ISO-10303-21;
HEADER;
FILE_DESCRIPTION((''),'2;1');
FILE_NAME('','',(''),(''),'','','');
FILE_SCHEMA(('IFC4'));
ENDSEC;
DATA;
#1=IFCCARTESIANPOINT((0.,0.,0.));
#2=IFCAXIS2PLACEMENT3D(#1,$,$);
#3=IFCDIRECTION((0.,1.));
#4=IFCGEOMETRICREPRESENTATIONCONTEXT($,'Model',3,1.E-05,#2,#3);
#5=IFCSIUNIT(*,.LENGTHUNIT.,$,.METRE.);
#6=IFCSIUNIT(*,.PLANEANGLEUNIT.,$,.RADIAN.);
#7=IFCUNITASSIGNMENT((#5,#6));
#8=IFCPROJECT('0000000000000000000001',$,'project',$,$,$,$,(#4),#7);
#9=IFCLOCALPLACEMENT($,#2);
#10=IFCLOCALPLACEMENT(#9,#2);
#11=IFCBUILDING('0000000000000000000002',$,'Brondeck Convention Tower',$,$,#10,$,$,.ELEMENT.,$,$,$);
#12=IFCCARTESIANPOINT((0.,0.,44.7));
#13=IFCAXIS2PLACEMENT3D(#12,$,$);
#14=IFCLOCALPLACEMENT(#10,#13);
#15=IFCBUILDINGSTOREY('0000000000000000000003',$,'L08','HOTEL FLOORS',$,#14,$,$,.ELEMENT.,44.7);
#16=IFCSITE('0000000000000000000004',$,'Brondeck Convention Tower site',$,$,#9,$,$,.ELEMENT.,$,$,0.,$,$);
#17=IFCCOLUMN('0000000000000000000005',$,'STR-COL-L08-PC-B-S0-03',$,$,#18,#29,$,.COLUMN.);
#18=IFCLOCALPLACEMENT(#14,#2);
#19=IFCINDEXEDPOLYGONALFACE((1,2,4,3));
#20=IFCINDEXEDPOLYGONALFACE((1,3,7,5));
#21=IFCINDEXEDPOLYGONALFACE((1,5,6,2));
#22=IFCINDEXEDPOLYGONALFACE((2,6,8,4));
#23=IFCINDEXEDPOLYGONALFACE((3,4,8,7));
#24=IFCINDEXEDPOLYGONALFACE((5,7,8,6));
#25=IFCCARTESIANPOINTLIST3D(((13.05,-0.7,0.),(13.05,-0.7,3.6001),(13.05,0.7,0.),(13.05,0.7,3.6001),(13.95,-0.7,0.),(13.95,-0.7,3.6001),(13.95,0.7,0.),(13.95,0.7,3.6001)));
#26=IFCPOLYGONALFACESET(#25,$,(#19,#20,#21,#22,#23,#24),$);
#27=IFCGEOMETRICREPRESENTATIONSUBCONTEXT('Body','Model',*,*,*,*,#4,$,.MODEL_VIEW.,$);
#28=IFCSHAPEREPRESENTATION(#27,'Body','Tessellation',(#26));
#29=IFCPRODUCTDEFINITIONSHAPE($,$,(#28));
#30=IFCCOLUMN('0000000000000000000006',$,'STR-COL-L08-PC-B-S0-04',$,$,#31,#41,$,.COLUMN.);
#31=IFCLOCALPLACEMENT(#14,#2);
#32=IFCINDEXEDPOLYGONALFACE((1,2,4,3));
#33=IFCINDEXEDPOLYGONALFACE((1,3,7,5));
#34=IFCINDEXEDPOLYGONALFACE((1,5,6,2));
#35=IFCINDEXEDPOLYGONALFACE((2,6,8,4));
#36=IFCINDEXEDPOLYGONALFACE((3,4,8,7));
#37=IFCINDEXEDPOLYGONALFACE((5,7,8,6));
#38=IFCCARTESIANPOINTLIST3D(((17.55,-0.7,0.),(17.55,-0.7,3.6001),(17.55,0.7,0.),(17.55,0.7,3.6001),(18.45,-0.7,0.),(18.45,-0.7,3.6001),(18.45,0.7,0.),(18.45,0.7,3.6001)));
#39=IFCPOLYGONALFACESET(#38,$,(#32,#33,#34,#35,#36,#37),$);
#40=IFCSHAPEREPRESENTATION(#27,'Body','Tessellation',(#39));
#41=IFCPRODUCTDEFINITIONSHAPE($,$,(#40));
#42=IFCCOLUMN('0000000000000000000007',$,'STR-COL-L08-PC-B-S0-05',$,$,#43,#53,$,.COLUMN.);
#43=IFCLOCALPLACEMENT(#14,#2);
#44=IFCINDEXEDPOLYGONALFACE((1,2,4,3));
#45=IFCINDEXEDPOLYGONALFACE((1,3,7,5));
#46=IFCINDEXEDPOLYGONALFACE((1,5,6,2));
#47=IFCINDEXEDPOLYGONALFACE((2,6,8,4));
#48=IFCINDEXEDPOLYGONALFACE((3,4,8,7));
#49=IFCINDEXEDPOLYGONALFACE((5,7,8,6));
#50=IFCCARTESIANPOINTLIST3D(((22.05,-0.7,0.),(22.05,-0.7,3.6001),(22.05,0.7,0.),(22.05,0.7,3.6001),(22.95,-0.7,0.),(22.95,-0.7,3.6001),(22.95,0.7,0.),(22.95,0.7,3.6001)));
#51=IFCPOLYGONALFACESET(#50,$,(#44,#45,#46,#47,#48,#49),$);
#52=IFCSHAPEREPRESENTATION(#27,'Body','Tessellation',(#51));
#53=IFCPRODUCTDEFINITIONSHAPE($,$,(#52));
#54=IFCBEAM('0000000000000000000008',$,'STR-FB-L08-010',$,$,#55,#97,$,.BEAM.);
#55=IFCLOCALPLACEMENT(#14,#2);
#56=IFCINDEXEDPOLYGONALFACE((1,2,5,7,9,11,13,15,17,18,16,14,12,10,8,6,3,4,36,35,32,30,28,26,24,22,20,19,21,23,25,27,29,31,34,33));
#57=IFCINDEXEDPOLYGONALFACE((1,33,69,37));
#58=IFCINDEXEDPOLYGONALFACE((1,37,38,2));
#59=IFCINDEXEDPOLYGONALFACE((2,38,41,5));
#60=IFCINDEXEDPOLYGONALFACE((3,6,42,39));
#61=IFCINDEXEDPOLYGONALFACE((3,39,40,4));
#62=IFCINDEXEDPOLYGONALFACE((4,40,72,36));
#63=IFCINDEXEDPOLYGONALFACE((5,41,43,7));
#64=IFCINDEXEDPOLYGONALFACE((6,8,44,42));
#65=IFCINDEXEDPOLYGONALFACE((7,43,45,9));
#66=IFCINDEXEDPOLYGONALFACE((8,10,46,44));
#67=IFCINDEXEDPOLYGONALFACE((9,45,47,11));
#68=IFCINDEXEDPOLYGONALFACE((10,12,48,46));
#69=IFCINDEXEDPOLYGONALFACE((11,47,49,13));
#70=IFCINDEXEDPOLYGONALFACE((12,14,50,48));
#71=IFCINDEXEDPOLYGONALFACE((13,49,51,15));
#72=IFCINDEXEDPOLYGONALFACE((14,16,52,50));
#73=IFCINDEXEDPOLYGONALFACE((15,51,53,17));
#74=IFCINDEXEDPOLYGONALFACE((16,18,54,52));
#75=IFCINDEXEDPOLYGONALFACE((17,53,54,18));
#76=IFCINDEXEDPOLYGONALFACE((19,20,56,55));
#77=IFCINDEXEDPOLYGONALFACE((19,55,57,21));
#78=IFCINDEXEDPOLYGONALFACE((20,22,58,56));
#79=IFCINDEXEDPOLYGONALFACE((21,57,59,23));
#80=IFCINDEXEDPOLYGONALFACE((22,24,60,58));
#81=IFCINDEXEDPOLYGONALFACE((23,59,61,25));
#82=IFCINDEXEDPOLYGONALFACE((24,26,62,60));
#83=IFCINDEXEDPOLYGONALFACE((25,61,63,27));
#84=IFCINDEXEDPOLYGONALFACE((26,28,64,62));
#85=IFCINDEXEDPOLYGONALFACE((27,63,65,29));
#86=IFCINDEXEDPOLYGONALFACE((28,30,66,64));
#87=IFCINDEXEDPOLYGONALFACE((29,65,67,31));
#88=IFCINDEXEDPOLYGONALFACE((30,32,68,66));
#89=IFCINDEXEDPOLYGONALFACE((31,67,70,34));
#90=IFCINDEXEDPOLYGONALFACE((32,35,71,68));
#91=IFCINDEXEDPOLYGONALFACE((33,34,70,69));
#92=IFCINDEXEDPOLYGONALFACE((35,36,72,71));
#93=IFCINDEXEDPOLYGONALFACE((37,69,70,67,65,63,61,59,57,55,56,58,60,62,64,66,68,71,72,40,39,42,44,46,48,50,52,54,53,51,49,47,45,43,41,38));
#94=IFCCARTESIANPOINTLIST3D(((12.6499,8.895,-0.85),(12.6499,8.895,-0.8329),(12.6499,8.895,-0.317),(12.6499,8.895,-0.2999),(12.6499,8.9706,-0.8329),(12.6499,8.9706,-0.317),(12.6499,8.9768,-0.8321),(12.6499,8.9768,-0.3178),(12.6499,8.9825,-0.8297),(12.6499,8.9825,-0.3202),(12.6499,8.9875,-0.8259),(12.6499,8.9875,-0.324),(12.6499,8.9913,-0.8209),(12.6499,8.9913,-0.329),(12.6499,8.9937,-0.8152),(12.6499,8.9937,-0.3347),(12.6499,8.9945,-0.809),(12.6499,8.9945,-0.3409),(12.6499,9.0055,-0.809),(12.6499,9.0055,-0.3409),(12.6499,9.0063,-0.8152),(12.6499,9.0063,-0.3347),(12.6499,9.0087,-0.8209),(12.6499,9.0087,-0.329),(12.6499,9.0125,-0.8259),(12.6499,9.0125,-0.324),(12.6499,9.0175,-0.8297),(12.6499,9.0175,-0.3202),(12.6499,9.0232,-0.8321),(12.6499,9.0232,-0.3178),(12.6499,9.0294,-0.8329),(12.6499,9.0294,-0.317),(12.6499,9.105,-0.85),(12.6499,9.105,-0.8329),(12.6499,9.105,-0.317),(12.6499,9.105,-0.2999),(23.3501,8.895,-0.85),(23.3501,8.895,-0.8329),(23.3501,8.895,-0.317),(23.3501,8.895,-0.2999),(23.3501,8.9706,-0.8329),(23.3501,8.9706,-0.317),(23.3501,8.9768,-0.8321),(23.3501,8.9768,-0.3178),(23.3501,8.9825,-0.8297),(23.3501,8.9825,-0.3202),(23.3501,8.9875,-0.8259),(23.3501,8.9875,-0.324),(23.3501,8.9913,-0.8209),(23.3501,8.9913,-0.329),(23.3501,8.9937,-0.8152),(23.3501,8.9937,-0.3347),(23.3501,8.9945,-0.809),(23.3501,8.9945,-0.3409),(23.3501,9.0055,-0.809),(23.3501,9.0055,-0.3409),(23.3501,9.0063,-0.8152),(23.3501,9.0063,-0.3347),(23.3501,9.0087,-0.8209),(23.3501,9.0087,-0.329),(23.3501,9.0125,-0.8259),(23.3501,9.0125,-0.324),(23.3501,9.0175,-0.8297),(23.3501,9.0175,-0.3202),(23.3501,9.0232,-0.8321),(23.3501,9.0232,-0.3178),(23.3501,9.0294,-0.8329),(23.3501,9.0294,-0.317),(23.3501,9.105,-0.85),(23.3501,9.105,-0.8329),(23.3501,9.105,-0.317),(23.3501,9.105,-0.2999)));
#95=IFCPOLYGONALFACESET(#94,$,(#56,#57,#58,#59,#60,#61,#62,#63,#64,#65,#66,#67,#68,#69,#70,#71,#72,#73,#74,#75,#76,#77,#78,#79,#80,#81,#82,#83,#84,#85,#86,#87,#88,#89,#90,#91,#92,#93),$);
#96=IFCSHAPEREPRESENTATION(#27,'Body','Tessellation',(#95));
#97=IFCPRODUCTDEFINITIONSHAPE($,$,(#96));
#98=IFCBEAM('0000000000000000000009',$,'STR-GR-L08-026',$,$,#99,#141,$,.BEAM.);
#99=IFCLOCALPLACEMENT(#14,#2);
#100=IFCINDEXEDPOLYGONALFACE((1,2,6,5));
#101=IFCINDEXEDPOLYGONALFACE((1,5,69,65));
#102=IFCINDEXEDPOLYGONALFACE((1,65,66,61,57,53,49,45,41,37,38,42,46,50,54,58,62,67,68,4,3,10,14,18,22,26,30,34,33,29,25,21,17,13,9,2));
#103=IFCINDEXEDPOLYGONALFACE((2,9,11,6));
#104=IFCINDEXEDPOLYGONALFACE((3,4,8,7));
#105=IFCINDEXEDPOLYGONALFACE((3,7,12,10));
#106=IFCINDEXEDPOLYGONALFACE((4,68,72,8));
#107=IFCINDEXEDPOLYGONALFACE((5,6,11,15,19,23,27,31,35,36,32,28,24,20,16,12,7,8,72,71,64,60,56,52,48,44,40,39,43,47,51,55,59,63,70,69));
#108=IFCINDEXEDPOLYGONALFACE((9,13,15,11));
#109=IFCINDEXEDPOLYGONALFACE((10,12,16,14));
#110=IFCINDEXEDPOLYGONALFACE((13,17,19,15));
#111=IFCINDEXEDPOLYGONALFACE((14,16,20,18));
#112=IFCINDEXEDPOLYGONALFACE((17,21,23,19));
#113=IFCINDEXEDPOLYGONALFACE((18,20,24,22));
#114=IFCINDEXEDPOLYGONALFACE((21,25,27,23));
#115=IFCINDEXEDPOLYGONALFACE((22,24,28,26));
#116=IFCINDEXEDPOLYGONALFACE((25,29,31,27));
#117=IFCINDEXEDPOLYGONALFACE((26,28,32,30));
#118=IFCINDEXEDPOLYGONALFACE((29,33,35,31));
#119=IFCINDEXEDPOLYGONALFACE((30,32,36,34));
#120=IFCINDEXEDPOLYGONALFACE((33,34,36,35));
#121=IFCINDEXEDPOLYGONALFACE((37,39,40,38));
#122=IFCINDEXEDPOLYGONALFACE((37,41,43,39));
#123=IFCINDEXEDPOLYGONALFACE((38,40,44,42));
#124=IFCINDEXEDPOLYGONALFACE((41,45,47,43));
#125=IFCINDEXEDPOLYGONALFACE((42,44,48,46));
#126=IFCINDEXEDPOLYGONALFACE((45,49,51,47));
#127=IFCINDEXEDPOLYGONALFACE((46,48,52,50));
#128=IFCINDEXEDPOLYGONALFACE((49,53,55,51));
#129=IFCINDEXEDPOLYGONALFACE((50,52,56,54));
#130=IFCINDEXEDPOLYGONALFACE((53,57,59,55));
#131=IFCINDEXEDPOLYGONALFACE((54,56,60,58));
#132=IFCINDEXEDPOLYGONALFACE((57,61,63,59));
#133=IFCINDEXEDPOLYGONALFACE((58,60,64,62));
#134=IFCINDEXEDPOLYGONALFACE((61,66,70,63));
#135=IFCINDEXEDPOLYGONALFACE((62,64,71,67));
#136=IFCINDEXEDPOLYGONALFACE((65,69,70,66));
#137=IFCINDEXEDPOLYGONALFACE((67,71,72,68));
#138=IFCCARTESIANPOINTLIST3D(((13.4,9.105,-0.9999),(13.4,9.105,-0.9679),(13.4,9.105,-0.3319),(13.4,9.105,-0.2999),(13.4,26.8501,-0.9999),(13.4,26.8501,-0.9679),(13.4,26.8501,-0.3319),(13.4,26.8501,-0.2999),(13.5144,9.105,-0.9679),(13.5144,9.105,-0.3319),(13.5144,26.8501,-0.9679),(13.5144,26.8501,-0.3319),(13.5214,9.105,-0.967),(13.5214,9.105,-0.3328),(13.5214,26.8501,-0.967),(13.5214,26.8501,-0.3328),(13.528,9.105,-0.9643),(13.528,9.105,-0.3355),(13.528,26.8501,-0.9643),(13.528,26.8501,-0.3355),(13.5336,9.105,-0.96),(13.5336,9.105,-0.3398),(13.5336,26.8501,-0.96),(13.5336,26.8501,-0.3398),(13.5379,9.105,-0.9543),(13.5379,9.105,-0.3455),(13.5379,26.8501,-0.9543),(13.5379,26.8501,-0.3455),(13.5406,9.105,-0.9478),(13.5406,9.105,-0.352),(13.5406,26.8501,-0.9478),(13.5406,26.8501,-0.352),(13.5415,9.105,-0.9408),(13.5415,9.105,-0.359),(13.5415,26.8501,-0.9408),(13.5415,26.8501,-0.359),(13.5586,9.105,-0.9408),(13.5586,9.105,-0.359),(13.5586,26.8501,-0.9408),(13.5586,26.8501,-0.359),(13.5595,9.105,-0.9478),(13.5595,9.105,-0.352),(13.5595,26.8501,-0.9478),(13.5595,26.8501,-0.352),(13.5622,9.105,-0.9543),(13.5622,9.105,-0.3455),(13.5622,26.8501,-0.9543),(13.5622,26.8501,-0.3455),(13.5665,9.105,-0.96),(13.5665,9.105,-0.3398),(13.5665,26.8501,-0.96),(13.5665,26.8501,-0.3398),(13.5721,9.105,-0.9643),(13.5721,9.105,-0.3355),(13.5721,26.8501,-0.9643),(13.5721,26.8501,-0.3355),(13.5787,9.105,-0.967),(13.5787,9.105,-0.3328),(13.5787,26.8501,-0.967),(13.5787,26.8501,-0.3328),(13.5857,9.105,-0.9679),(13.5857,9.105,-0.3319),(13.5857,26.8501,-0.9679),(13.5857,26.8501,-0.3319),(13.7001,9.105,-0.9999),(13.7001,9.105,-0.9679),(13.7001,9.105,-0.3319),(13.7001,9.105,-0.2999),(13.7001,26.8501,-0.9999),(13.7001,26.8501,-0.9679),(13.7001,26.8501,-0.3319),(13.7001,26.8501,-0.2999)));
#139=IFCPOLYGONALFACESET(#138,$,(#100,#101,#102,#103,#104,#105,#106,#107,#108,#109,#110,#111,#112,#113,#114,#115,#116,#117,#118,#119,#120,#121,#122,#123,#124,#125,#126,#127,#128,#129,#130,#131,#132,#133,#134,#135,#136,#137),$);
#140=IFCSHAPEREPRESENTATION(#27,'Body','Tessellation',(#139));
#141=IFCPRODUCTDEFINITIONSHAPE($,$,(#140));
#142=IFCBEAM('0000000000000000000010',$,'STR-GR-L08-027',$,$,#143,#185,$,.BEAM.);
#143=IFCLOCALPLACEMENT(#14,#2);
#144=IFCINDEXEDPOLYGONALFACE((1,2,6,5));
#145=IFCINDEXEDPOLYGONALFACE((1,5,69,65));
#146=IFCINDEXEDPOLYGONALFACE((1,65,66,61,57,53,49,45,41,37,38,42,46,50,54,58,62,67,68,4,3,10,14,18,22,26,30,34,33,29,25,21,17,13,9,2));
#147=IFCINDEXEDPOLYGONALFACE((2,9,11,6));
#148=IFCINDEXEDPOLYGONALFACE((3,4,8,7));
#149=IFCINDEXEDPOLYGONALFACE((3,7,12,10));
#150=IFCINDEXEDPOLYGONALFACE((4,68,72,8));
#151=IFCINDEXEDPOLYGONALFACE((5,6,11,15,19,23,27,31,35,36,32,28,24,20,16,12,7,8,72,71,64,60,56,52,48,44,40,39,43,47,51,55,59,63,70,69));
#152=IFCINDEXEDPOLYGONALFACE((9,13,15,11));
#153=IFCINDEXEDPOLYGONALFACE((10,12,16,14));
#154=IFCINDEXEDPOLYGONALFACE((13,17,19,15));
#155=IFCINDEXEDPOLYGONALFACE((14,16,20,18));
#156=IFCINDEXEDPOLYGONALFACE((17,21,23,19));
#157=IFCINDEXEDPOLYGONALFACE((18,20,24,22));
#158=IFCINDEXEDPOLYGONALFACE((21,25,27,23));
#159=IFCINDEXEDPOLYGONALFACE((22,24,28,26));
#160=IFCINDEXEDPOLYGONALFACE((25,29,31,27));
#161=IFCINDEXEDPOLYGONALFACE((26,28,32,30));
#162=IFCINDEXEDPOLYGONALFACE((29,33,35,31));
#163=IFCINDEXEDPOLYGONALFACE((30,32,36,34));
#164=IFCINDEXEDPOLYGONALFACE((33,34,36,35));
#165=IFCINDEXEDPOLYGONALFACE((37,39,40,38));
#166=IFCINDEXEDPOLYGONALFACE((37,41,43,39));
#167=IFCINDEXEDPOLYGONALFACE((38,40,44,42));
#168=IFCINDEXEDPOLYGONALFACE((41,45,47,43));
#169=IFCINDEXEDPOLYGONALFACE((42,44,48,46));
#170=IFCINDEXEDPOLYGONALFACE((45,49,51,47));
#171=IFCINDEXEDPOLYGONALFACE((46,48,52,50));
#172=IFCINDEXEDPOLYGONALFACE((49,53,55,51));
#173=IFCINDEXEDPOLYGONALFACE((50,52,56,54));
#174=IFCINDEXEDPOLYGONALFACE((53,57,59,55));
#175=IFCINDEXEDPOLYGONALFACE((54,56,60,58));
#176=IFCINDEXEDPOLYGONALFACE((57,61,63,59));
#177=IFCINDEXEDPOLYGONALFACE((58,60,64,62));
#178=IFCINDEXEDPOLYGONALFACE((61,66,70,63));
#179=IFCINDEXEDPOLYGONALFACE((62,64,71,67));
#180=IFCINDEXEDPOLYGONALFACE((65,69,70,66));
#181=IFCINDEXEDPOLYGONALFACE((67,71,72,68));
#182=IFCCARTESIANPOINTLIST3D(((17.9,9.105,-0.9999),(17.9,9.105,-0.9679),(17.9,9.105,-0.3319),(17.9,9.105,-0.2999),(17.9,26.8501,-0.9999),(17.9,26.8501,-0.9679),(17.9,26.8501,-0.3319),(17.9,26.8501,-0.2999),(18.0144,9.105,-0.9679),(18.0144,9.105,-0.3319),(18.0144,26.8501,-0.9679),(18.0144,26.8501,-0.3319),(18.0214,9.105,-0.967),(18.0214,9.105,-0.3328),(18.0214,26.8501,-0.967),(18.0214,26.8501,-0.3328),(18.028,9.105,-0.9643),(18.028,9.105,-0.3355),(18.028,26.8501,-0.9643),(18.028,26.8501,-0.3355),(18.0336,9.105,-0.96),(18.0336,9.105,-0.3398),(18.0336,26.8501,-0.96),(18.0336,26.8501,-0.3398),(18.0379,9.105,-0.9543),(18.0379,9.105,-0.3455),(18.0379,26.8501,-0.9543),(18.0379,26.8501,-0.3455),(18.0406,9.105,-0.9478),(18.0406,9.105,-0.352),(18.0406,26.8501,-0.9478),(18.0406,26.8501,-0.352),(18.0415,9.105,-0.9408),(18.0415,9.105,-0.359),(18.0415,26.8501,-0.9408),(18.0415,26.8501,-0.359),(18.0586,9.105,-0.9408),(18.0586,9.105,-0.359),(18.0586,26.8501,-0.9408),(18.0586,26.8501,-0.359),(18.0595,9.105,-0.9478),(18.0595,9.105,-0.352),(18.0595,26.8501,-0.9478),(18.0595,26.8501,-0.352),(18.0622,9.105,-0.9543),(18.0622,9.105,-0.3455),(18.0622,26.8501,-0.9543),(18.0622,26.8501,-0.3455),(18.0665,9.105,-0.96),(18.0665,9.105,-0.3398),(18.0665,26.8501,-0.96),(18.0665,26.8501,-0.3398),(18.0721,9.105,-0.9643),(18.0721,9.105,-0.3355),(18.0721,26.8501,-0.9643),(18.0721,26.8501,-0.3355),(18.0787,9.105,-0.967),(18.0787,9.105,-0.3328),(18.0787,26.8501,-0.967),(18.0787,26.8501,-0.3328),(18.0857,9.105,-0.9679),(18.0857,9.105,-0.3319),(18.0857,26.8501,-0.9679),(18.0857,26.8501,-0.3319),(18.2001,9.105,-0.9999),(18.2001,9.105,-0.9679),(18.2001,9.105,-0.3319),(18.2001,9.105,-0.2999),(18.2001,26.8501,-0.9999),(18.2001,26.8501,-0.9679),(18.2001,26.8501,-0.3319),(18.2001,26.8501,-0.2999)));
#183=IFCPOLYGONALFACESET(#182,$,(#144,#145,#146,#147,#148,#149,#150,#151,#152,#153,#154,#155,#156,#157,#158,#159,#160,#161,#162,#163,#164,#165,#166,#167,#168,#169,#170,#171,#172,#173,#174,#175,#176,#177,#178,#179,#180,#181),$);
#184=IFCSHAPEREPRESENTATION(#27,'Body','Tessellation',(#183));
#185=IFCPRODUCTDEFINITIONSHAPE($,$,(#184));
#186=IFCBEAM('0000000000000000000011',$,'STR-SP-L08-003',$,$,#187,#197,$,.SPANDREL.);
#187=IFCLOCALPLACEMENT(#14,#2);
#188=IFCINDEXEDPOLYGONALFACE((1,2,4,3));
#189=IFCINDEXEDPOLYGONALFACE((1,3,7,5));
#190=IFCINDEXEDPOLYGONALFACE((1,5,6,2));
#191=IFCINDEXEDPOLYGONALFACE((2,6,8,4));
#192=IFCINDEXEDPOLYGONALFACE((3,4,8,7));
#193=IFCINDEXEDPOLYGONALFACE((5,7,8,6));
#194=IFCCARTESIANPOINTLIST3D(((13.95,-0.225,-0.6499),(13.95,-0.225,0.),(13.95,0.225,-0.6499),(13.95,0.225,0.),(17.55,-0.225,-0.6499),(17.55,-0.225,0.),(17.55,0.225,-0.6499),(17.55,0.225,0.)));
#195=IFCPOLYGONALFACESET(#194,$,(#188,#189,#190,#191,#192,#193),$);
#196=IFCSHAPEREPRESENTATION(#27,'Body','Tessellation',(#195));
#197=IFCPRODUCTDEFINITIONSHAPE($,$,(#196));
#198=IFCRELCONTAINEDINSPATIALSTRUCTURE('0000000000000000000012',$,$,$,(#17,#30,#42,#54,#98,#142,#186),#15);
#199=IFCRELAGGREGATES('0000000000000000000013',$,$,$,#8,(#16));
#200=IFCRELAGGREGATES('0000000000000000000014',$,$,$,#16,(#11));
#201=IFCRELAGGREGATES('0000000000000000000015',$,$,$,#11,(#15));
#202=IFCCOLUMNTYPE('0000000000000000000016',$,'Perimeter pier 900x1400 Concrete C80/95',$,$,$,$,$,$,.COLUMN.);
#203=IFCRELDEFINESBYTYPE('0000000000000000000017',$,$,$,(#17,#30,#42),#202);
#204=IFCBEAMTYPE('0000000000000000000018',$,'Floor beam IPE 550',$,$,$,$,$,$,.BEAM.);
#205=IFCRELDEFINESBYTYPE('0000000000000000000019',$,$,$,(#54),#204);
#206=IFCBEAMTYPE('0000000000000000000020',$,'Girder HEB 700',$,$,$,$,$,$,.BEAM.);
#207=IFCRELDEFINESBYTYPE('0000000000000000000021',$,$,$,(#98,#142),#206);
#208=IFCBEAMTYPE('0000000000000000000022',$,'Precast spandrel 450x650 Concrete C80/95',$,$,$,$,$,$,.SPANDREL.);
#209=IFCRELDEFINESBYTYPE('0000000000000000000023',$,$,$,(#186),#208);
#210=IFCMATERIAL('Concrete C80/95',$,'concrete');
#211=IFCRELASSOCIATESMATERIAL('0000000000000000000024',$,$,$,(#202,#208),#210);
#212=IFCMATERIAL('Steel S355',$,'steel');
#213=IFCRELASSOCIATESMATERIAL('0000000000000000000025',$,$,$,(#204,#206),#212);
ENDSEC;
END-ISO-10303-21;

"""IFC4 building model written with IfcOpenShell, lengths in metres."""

from ifc_helpers import new_model, si_unit, direction, frame, origin, origin_2d, place, context, subcontext, project, spatial, rectangle, i_section, extrude, material, material_profile, profile_set, type_object, element, save


model = new_model("IFC4")

# Units and contexts
model_context = context("Model", 3, precision=1e-05, world=origin(), true_north=direction((0.0, 1.0)))
body_context = subcontext(model_context, "Body", "Model", "MODEL_VIEW")
ifc_project = project(units=[si_unit("LENGTHUNIT", "METRE"), si_unit("PLANEANGLEUNIT", "RADIAN")], contexts=[model_context])

# Site, building, storey
site_placement = place(None, origin())
site = spatial("IfcSite", under=ifc_project, at=site_placement, Name="Brondeck Convention Tower site", CompositionType="ELEMENT", RefElevation=0.0)
building_placement = place(site_placement, origin())
building = spatial("IfcBuilding", under=site, at=building_placement, Name="Brondeck Convention Tower", CompositionType="ELEMENT")
storey_placement = place(building_placement, frame((0.0, 0.0, 44.7)))
storey = spatial("IfcBuildingStorey", under=building, at=storey_placement, Name="L08", Description="HOTEL FLOORS", CompositionType="ELEMENT", Elevation=44.7)

# Columns
ifc_material_1 = material(Name="Concrete C80/95", Category="concrete")
ifc_material_profile_1 = material_profile(ifc_material_1, rectangle(XDim=0.8999, YDim=1.3999, at=origin_2d()), Name="Perimeter pier 900x1400 Concrete C80/95")
ifc_profile_set_1 = profile_set([ifc_material_profile_1], Name="Concrete C80/95")
column_type = type_object("IfcColumnType", Name="Perimeter pier 900x1400 Concrete C80/95", PredefinedType="COLUMN", material=ifc_profile_set_1)
for number, where, z_axis, x_axis, name in (
    (1, (13.5, 0.0, 0.0), (0.0, 0.0, 1.0), (1.0, 0.0, 0.0), "STR-COL-L08-PC-B-S0-03"),
    (2, (18.0, 0.0, 0.0), (0.0, 0.0, 1.0), (1.0, 0.0, 0.0), "STR-COL-L08-PC-B-S0-04"),
    (3, (22.5, 0.0, 0.0), (0.0, 0.0, 1.0), (1.0, 0.0, 0.0), "STR-COL-L08-PC-B-S0-05"),
):
    element("IfcColumn", number, at=place(storey_placement, frame(where, z_axis=z_axis, x_axis=x_axis)), inside=storey, type_object=column_type, Name=name, PredefinedType="COLUMN", context=body_context, shape_type="SweptSolid", body=[
        extrude(rectangle(XDim=0.8999, YDim=1.3999, at=origin_2d()), origin(), (0.0, 0.0, 1.0), 3.6001),
    ])

# Beams
ifc_material_2 = material(Name="Steel S355", Category="steel")
ifc_material_profile_2 = material_profile(ifc_material_2, i_section(OverallWidth=0.21, OverallDepth=0.55, WebThickness=0.011, FlangeThickness=0.0171, FilletRadius=0.0239, at=origin_2d()), Name="IPE 550")
ifc_profile_set_2 = profile_set([ifc_material_profile_2], Name="Steel S355")
beam_type_1 = type_object("IfcBeamType", Name="Floor beam IPE 550", PredefinedType="BEAM", material=ifc_profile_set_2)
beam_placement = place(storey_placement, frame((12.6499, 9.0, -0.575), z_axis=(1.0, 0.0, 0.0), x_axis=(0.0, 1.0, 0.0)))
element("IfcBeam", 4, at=beam_placement, inside=storey, type_object=beam_type_1, Name="STR-FB-L08-010", PredefinedType="BEAM", context=body_context, shape_type="SweptSolid", body=[
    extrude(i_section(OverallWidth=0.21, OverallDepth=0.55, WebThickness=0.011, FlangeThickness=0.0171, FilletRadius=0.0239, at=origin_2d()), origin(), (0.0, 0.0, 1.0), 10.7002),
])
ifc_material_profile_3 = material_profile(ifc_material_2, i_section(OverallWidth=0.3, OverallDepth=0.7, WebThickness=0.0171, FlangeThickness=0.032, FilletRadius=0.0271, at=origin_2d()), Name="HEB 700")
ifc_profile_set_3 = profile_set([ifc_material_profile_3], Name="Steel S355")
beam_type_2 = type_object("IfcBeamType", Name="Girder HEB 700", PredefinedType="BEAM", material=ifc_profile_set_3)
for number, where, z_axis, x_axis, name in (
    (5, (13.55, 9.105, -0.6499), (0.0, 1.0, 0.0), (-1.0, 0.0, 0.0), "STR-GR-L08-026"),
    (6, (18.05, 9.105, -0.6499), (0.0, 1.0, 0.0), (-1.0, 0.0, 0.0), "STR-GR-L08-027"),
):
    element("IfcBeam", number, at=place(storey_placement, frame(where, z_axis=z_axis, x_axis=x_axis)), inside=storey, type_object=beam_type_2, Name=name, PredefinedType="BEAM", context=body_context, shape_type="SweptSolid", body=[
        extrude(i_section(OverallWidth=0.3, OverallDepth=0.7, WebThickness=0.0171, FlangeThickness=0.032, FilletRadius=0.0271, at=origin_2d()), origin(), (0.0, 0.0, 1.0), 17.7451),
    ])
ifc_material_profile_4 = material_profile(ifc_material_1, rectangle(XDim=0.45, YDim=0.6499, at=origin_2d()), Name="Precast spandrel 450x650 Concrete C80/95")
ifc_profile_set_4 = profile_set([ifc_material_profile_4], Name="Concrete C80/95")
beam_type_3 = type_object("IfcBeamType", Name="Precast spandrel 450x650 Concrete C80/95", PredefinedType="SPANDREL", material=ifc_profile_set_4)
for number, where, z_axis, x_axis, name in (
    (7, (13.95, 0.0, -0.325), (1.0, 0.0, 0.0), (0.0, 1.0, 0.0), "STR-SP-L08-003"),
):
    element("IfcBeam", number, at=place(storey_placement, frame(where, z_axis=z_axis, x_axis=x_axis)), inside=storey, type_object=beam_type_3, Name=name, PredefinedType="SPANDREL", context=body_context, shape_type="SweptSolid", body=[
        extrude(rectangle(XDim=0.45, YDim=0.6499, at=origin_2d()), origin(), (0.0, 0.0, 1.0), 3.6001),
    ])

save(model, "model.ifc")
